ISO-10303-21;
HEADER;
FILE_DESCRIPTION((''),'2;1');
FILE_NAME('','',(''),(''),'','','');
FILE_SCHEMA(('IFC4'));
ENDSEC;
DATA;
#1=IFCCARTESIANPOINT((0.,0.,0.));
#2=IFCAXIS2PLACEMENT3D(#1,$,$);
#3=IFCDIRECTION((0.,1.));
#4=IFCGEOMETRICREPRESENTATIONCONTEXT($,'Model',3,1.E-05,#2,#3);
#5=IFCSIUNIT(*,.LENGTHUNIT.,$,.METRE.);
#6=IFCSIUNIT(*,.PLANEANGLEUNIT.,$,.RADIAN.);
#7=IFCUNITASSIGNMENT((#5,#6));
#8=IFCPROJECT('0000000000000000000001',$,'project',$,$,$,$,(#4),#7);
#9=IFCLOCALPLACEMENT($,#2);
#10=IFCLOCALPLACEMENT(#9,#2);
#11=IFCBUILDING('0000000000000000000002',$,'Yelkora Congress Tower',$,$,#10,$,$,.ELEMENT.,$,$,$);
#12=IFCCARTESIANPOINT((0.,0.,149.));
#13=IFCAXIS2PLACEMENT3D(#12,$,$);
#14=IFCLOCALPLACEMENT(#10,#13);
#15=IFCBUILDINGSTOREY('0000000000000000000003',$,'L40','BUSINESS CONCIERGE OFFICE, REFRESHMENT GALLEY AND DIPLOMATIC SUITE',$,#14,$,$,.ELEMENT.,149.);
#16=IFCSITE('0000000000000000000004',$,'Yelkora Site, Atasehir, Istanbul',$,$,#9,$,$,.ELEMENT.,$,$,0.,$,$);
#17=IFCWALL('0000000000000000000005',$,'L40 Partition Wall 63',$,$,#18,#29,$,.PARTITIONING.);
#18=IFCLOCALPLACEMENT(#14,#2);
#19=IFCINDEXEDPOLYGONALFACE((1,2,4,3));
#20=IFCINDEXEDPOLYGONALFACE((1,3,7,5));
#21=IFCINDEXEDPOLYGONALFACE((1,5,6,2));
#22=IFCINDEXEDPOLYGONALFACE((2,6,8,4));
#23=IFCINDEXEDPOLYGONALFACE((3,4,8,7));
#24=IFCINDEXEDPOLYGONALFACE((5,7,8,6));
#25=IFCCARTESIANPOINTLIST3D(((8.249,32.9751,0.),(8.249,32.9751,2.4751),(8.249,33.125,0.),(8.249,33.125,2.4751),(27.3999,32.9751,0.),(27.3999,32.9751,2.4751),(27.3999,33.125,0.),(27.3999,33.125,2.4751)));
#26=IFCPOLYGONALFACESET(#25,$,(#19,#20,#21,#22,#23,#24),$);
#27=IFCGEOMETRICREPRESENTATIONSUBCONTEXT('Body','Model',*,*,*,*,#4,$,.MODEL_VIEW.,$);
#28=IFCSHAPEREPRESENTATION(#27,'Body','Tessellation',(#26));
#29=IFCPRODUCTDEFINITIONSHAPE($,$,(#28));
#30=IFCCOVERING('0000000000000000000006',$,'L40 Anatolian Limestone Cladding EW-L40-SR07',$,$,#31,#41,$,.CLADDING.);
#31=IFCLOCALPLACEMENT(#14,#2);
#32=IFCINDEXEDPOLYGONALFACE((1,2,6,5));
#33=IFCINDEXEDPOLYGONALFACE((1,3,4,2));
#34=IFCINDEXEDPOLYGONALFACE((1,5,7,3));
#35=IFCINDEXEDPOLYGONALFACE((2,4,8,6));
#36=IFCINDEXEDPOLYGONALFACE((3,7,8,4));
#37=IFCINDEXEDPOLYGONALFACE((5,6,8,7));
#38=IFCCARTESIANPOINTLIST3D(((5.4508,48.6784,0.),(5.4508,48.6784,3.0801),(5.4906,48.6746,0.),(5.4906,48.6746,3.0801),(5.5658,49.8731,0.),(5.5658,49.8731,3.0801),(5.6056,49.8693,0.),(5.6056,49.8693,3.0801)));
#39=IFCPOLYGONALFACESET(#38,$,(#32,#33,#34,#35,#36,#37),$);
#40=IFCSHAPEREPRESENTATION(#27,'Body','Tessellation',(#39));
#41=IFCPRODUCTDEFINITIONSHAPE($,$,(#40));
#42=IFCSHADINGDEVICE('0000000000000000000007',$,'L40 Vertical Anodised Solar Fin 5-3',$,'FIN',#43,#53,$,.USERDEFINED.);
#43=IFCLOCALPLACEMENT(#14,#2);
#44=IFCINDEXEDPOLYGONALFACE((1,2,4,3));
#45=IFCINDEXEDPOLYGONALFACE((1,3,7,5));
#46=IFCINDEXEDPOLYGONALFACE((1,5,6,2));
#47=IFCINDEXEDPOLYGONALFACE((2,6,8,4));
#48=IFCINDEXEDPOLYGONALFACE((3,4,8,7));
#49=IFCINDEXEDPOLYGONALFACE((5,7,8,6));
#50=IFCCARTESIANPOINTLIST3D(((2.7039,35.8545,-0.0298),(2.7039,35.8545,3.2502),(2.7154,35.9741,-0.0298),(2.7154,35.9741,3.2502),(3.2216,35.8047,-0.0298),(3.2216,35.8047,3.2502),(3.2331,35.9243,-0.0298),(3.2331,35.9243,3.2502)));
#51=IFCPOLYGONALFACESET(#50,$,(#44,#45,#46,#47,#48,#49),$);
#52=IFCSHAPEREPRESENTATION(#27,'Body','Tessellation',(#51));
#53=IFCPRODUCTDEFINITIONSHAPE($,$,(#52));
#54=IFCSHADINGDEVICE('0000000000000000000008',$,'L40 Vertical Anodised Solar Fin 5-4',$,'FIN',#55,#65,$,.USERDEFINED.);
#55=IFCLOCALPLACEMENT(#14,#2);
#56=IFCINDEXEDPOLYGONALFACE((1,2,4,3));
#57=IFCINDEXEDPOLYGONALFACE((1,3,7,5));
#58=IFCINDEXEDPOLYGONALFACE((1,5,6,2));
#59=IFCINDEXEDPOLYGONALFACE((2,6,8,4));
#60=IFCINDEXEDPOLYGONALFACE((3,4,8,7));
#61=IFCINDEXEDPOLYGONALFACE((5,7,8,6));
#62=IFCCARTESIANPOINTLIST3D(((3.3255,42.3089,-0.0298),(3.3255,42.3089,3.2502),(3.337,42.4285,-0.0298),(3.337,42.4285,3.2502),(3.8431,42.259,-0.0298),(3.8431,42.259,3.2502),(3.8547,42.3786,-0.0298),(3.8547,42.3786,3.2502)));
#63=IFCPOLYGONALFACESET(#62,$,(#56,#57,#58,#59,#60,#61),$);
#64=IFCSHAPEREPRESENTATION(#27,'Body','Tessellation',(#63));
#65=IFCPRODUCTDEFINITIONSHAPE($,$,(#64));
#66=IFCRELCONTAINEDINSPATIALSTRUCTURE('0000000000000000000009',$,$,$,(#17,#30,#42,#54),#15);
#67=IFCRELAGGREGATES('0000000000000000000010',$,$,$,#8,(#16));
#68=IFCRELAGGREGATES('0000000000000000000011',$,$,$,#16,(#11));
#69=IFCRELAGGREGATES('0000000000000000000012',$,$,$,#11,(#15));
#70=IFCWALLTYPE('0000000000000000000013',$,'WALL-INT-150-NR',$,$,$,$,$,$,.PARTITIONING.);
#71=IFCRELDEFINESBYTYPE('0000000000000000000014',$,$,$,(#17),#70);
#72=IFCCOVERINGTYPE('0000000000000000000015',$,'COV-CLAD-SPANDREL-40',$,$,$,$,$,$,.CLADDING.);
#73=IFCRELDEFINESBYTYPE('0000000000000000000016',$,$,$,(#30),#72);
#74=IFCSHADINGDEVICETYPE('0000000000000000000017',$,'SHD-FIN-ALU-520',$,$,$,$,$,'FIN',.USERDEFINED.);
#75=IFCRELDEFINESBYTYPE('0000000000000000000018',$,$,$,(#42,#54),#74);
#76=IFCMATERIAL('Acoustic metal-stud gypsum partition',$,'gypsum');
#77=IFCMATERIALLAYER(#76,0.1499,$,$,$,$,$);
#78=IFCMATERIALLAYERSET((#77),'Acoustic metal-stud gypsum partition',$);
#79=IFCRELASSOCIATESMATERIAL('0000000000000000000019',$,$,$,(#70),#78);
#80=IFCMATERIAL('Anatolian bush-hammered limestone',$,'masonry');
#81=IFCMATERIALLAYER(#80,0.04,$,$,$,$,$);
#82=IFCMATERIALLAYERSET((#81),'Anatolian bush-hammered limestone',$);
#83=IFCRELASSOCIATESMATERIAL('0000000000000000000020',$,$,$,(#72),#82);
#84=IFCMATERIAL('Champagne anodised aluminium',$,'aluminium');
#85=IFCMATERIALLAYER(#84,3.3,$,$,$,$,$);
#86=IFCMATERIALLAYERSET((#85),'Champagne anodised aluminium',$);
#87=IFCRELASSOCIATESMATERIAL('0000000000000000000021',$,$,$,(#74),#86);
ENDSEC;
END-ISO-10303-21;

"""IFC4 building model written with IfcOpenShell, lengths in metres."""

from ifc_helpers import new_model, si_unit, direction, frame, frame_2d, origin, origin_2d, place, context, subcontext, project, spatial, rectangle, extrude, material, layer, layer_set, type_object, element, save


model = new_model("IFC4")

# Units and contexts
model_context = context("Model", 3, precision=1e-05, world=origin(), true_north=direction((0.0, 1.0)))
body_context = subcontext(model_context, "Body", "Model", "MODEL_VIEW")
ifc_project = project(units=[si_unit("LENGTHUNIT", "METRE"), si_unit("PLANEANGLEUNIT", "RADIAN")], contexts=[model_context])

# Site, building, storey
site_placement = place(None, origin())
site = spatial("IfcSite", under=ifc_project, at=site_placement, Name="Yelkora Site, Atasehir, Istanbul", CompositionType="ELEMENT", RefElevation=0.0)
building_placement = place(site_placement, origin())
building = spatial("IfcBuilding", under=site, at=building_placement, Name="Yelkora Congress Tower", CompositionType="ELEMENT")
storey_placement = place(building_placement, frame((0.0, 0.0, 149.0)))
storey = spatial("IfcBuildingStorey", under=building, at=storey_placement, Name="L40", Description="BUSINESS CONCIERGE OFFICE, REFRESHMENT GALLEY AND DIPLOMATIC SUITE", CompositionType="ELEMENT", Elevation=149.0)

# Wall
ifc_material_1 = material(Name="Acoustic metal-stud gypsum partition", Category="gypsum")
ifc_layer_1 = layer(ifc_material_1, 0.1499)
ifc_layer_set_1 = layer_set([ifc_layer_1], Name="Acoustic metal-stud gypsum partition")
wall_type_1 = type_object("IfcWallType", Name="WALL-INT-150-NR", PredefinedType="PARTITIONING", material=ifc_layer_set_1)
wall_1_placement = place(storey_placement, frame((8.249, 33.05, 0.0), z_axis=(0.0, 0.0, 1.0), x_axis=(1.0, 0.0, 0.0)))
element("IfcWall", 1, at=wall_1_placement, inside=storey, type_object=wall_type_1, Name="L40 Partition Wall 63", PredefinedType="PARTITIONING", context=body_context, shape_type="SweptSolid", body=[
    extrude(rectangle(XDim=19.1509, YDim=0.1499, at=frame_2d((9.5754, 0.0))), origin(), (0.0, 0.0, 1.0), 2.4751),
])

# Covering
ifc_material_2 = material(Name="Anatolian bush-hammered limestone", Category="masonry")
ifc_layer_2 = layer(ifc_material_2, 0.04)
ifc_layer_set_2 = layer_set([ifc_layer_2], Name="Anatolian bush-hammered limestone")
covering_type = type_object("IfcCoveringType", Name="COV-CLAD-SPANDREL-40", PredefinedType="CLADDING", material=ifc_layer_set_2)
covering_placement = place(storey_placement, frame((5.4707, 48.6765, 0.0), z_axis=(0.0, 0.0, 1.0), x_axis=(0.095817, 0.995399, 0.0)))
element("IfcCovering", 2, at=covering_placement, inside=storey, type_object=covering_type, Name="L40 Anatolian Limestone Cladding EW-L40-SR07", PredefinedType="CLADDING", context=body_context, shape_type="SweptSolid", body=[
    extrude(rectangle(XDim=1.2002, YDim=0.04, at=frame_2d((0.6001, 0.0))), origin(), (0.0, 0.0, 1.0), 3.0801),
])

# Shading devices
ifc_material_3 = material(Name="Champagne anodised aluminium", Category="aluminium")
ifc_layer_3 = layer(ifc_material_3, 3.3)
ifc_layer_set_3 = layer_set([ifc_layer_3], Name="Champagne anodised aluminium")
shading_device_type = type_object("IfcShadingDeviceType", Name="SHD-FIN-ALU-520", ElementType="FIN", PredefinedType="USERDEFINED", material=ifc_layer_set_3)
for number, where, z_axis, x_axis, name in (
    (3, (2.9685, 35.8894, -0.0298), (0.0, 0.0, 1.0), (0.095846, 0.995396, 0.0), "L40 Vertical Anodised Solar Fin 5-3"),
    (4, (3.5901, 42.3438, -0.0298), (0.0, 0.0, 1.0), (0.095846, 0.995396, 0.0), "L40 Vertical Anodised Solar Fin 5-4"),
):
    element("IfcShadingDevice", number, at=place(storey_placement, frame(where, z_axis=z_axis, x_axis=x_axis)), inside=storey, type_object=shading_device_type, Name=name, ObjectType="FIN", PredefinedType="USERDEFINED", context=body_context, shape_type="SweptSolid", body=[
        extrude(rectangle(XDim=0.1201, YDim=0.52, at=origin_2d()), origin(), (0.0, 0.0, 1.0), 3.28),
    ])

save(model, "model.ifc")
